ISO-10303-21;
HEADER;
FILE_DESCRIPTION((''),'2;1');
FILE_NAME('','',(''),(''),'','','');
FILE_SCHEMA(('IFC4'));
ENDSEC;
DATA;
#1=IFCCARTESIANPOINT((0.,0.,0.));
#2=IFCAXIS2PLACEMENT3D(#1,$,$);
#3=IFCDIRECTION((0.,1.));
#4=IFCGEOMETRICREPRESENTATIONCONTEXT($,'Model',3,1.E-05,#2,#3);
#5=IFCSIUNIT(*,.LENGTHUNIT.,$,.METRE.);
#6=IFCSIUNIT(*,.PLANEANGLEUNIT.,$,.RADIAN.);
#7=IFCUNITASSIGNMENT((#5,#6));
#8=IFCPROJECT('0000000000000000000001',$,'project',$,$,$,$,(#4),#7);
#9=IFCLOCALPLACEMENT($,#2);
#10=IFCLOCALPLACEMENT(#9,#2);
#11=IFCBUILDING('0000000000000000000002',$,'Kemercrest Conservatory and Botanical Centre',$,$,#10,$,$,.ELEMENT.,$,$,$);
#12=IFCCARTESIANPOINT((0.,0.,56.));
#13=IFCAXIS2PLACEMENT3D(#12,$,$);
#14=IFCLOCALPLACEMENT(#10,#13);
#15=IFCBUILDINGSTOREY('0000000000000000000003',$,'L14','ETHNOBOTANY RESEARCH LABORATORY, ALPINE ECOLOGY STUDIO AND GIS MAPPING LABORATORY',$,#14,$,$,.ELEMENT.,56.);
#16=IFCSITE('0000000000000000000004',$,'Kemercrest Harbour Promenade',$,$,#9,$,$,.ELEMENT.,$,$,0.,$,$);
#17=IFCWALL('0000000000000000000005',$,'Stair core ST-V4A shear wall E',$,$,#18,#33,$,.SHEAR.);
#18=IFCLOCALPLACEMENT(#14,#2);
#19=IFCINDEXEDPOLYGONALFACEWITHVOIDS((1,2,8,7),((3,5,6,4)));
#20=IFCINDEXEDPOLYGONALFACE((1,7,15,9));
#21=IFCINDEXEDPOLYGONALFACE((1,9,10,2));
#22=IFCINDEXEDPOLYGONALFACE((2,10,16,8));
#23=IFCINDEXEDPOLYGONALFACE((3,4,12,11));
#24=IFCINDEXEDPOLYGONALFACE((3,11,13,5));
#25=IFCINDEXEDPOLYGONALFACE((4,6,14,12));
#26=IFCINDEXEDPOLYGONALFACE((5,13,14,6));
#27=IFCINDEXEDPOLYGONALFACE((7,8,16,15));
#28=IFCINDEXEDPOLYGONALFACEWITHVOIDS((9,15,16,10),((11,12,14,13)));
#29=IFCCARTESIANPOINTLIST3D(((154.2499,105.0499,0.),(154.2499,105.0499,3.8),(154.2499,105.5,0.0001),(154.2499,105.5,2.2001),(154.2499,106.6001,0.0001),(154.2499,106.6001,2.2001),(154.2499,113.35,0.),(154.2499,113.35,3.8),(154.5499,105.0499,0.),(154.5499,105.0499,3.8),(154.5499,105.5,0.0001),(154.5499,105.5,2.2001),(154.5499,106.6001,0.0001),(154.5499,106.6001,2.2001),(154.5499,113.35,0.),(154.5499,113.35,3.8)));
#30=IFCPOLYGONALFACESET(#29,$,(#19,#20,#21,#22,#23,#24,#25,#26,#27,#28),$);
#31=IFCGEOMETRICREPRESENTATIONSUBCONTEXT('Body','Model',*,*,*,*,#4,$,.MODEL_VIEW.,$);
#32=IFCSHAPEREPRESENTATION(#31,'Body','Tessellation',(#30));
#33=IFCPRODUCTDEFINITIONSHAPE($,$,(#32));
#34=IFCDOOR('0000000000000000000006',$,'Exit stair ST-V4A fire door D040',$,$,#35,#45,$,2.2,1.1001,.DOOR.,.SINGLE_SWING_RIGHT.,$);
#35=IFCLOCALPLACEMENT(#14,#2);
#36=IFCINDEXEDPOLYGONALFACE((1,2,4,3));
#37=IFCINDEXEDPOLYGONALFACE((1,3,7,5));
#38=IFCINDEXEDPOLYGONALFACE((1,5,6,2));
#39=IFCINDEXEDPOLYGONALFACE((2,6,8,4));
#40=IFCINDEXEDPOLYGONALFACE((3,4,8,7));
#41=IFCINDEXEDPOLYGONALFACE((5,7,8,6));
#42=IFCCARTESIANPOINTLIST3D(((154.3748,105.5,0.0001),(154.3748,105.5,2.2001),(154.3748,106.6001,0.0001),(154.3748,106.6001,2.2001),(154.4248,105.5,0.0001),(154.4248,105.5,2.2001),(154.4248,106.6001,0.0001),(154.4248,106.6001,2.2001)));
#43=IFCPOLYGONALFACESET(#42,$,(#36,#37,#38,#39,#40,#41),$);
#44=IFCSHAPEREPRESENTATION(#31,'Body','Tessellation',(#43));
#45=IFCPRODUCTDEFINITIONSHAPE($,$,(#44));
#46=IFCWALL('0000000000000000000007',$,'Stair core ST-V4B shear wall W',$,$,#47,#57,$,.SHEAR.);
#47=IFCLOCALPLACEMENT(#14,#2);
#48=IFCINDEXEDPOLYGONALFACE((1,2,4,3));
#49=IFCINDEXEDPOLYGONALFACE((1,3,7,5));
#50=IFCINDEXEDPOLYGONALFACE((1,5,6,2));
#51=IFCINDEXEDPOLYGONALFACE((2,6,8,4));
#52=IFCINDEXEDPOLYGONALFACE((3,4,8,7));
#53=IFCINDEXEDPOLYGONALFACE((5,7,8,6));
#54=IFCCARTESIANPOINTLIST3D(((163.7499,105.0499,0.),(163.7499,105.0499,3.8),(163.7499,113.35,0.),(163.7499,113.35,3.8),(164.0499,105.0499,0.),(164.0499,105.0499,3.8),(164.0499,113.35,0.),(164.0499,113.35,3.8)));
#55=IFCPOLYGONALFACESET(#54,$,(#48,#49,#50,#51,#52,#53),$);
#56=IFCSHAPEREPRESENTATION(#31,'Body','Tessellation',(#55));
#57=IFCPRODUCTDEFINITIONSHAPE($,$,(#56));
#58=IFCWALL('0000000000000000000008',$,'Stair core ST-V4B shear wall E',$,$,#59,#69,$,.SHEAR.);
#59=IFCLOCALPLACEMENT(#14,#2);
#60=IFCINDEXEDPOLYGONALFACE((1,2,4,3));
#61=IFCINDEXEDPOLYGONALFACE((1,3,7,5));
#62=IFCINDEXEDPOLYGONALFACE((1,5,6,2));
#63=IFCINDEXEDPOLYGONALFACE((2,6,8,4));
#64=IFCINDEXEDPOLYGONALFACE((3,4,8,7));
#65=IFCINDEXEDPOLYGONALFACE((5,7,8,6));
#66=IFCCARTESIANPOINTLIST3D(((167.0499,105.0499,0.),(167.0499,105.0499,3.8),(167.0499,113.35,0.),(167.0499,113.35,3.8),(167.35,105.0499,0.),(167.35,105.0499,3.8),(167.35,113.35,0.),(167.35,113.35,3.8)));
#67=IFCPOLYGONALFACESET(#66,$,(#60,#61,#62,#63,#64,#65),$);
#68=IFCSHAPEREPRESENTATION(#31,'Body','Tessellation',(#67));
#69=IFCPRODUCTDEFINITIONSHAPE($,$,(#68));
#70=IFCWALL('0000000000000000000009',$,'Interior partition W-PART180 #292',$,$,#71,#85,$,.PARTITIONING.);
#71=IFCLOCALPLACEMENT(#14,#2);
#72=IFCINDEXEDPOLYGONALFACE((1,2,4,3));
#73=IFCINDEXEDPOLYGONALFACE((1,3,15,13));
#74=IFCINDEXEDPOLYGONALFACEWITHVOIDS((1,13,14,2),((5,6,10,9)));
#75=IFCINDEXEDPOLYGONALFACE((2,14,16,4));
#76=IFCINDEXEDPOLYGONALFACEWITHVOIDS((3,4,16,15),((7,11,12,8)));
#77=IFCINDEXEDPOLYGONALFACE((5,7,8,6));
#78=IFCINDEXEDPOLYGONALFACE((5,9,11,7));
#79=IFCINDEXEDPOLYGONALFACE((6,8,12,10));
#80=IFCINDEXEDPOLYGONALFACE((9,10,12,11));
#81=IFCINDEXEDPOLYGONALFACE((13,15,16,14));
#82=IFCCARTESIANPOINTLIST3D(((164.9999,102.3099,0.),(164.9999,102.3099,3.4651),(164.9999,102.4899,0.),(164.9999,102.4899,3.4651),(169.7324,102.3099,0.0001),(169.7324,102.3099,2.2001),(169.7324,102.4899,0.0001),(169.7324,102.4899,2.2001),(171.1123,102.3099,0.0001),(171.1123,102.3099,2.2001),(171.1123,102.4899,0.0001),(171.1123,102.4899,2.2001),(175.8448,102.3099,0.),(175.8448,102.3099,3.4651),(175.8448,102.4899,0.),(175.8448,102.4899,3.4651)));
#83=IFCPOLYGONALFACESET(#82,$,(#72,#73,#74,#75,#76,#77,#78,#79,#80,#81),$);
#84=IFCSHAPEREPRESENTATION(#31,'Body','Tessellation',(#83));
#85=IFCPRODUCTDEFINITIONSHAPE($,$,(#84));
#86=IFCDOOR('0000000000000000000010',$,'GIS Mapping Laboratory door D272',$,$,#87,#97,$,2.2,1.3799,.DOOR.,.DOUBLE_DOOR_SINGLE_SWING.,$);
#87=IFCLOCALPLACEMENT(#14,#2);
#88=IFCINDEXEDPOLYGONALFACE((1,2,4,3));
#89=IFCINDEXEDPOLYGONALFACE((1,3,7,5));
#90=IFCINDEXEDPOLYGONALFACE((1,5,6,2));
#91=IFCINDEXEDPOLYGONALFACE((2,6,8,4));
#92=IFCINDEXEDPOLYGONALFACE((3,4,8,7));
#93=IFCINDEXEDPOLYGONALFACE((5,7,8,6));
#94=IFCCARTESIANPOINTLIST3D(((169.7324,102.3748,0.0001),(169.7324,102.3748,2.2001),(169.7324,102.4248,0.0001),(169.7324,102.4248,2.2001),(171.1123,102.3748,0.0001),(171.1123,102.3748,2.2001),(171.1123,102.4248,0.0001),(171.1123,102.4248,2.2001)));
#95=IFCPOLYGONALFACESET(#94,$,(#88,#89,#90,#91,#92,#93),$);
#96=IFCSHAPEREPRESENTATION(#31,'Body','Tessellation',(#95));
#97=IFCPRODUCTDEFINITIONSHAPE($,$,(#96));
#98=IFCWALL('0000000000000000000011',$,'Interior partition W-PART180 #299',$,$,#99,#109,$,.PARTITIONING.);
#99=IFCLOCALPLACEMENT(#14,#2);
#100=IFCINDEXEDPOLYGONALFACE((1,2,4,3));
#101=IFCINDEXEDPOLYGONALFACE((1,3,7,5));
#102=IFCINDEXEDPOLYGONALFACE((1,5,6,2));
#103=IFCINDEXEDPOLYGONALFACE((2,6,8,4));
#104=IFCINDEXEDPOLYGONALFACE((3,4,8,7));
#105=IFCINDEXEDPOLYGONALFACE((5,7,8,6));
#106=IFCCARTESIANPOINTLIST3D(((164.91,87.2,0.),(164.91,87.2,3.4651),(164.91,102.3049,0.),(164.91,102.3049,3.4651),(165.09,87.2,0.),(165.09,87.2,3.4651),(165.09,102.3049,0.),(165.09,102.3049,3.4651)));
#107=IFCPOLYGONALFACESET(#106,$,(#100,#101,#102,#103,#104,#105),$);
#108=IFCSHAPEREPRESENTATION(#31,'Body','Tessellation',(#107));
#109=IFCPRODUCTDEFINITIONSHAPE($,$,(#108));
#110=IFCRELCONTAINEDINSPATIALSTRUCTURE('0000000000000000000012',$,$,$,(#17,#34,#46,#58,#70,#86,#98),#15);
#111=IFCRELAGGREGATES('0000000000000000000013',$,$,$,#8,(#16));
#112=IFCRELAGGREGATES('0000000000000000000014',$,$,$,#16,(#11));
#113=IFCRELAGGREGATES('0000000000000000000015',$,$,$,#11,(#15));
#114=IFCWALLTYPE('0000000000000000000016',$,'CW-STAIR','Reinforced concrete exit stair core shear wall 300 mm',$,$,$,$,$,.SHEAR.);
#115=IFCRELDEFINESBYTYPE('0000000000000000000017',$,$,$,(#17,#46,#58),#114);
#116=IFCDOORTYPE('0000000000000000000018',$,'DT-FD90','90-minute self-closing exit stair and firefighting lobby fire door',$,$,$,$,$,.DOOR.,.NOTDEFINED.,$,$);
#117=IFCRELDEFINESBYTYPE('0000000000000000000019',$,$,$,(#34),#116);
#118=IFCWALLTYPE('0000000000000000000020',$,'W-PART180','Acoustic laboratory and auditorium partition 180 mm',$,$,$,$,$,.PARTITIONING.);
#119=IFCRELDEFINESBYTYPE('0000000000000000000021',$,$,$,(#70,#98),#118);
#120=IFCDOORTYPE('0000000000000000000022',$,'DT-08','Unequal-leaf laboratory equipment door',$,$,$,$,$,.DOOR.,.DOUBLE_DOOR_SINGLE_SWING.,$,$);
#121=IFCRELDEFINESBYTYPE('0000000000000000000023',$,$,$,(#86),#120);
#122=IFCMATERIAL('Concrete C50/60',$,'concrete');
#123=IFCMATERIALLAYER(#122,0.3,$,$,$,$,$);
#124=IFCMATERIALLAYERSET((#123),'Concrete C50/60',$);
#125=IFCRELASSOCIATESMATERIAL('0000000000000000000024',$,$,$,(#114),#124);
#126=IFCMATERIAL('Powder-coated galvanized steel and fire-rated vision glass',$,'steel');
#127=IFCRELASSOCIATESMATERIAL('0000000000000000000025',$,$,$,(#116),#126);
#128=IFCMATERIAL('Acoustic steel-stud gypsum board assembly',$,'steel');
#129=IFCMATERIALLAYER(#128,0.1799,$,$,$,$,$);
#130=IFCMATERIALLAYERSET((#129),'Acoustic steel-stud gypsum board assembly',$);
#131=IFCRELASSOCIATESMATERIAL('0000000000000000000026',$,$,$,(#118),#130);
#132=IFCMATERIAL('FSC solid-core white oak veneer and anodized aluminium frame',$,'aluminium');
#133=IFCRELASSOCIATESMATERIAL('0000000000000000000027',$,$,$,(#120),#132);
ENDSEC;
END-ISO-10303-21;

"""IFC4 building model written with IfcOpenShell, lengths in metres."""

from ifc_helpers import new_model, si_unit, direction, frame, frame_2d, origin, place, context, subcontext, project, spatial, rectangle, extrude, material, layer, layer_set, type_object, element, fill, save


model = new_model("IFC4")

# Units and contexts
model_context = context("Model", 3, precision=1e-05, world=origin(), true_north=direction((0.0, 1.0)))
body_context = subcontext(model_context, "Body", "Model", "MODEL_VIEW")
ifc_project = project(units=[si_unit("LENGTHUNIT", "METRE"), si_unit("PLANEANGLEUNIT", "RADIAN")], contexts=[model_context])

# Site, building, storey
site_placement = place(None, origin())
site = spatial("IfcSite", under=ifc_project, at=site_placement, Name="Kemercrest Harbour Promenade", CompositionType="ELEMENT", RefElevation=0.0)
building_placement = place(site_placement, origin())
building = spatial("IfcBuilding", under=site, at=building_placement, Name="Kemercrest Conservatory and Botanical Centre", CompositionType="ELEMENT")
storey_placement = place(building_placement, frame((0.0, 0.0, 56.0)))
storey = spatial("IfcBuildingStorey", under=building, at=storey_placement, Name="L14", Description="ETHNOBOTANY RESEARCH LABORATORY, ALPINE ECOLOGY STUDIO AND GIS MAPPING LABORATORY", CompositionType="ELEMENT", Elevation=56.0)

# Wall, opening, door
ifc_material_1 = material(Name="Concrete C50/60", Category="concrete")
ifc_layer_1 = layer(ifc_material_1, 0.3)
ifc_layer_set_1 = layer_set([ifc_layer_1], Name="Concrete C50/60")
wall_type_1 = type_object("IfcWallType", Name="CW-STAIR", Description="Reinforced concrete exit stair core shear wall 300 mm", PredefinedType="SHEAR", material=ifc_layer_set_1)
wall_1_placement = place(storey_placement, frame((154.3999, 105.05, 0.0), z_axis=(0.0, 0.0, 1.0), x_axis=(0.0, 1.0, 0.0)))
wall_1 = element("IfcWall", 1, at=wall_1_placement, inside=storey, type_object=wall_type_1, Name="Stair core ST-V4A shear wall E", PredefinedType="SHEAR", context=body_context, shape_type="SweptSolid", body=[
    extrude(rectangle(XDim=8.3, YDim=0.3, at=frame_2d((4.1499, 0.0))), origin(), (0.0, 0.0, 1.0), 3.8),
])
opening_1_placement = place(wall_1_placement, frame((0.45, 0.0, 0.0)))
opening_1 = element("IfcOpeningElement", 2, at=opening_1_placement, cuts=wall_1, PredefinedType="OPENING", context=body_context, shape_type="SweptSolid", body=[
    extrude(rectangle(XDim=1.1001, YDim=2.2, at=frame_2d((0.55, 1.1001))), frame((0.0, 0.1602, 0.0), z_axis=(0.0, -1.0, 0.0), x_axis=(1.0, 0.0, 0.0)), (0.0, 0.0, 1.0), 0.3201),
])
ifc_material_2 = material(Name="Powder-coated galvanized steel and fire-rated vision glass", Category="steel")
door_type_1 = type_object("IfcDoorType", Name="DT-FD90", Description="90-minute self-closing exit stair and firefighting lobby fire door", OperationType="NOTDEFINED", PredefinedType="DOOR", material=ifc_material_2)
door_1_placement = place(opening_1_placement, frame((1.1001, 0.0, 0.0), z_axis=(0.0, 0.0, 1.0), x_axis=(-1.0, 0.0, 0.0)))
door_1 = element("IfcDoor", 3, at=door_1_placement, inside=storey, type_object=door_type_1, Name="Exit stair ST-V4A fire door D040", OperationType="SINGLE_SWING_RIGHT", OverallHeight=2.2, OverallWidth=1.1001, PredefinedType="DOOR", context=body_context, shape_type="SweptSolid", body=[
    extrude(rectangle(XDim=1.1001, YDim=2.2, at=frame_2d((0.55, 1.1001))), frame((0.0, 0.0249, 0.0), z_axis=(0.0, -1.0, 0.0), x_axis=(1.0, 0.0, 0.0)), (0.0, 0.0, 1.0), 0.05),
])
fill(opening_1, door_1)

# Walls
for number, where, z_axis, x_axis, name in (
    (4, (163.8999, 105.05, 0.0), (0.0, 0.0, 1.0), (0.0, 1.0, 0.0), "Stair core ST-V4B shear wall W"),
    (5, (167.2, 105.05, 0.0), (0.0, 0.0, 1.0), (0.0, 1.0, 0.0), "Stair core ST-V4B shear wall E"),
):
    element("IfcWall", number, at=place(storey_placement, frame(where, z_axis=z_axis, x_axis=x_axis)), inside=storey, type_object=wall_type_1, Name=name, PredefinedType="SHEAR", context=body_context, shape_type="SweptSolid", body=[
        extrude(rectangle(XDim=8.3, YDim=0.3, at=frame_2d((4.1499, 0.0))), origin(), (0.0, 0.0, 1.0), 3.8),
    ])

# Wall, opening, door
ifc_material_3 = material(Name="Acoustic steel-stud gypsum board assembly", Category="steel")
ifc_layer_2 = layer(ifc_material_3, 0.1799)
ifc_layer_set_2 = layer_set([ifc_layer_2], Name="Acoustic steel-stud gypsum board assembly")
wall_type_2 = type_object("IfcWallType", Name="W-PART180", Description="Acoustic laboratory and auditorium partition 180 mm", PredefinedType="PARTITIONING", material=ifc_layer_set_2)
wall_2_placement = place(storey_placement, frame((165.0, 102.3999, 0.0), z_axis=(0.0, 0.0, 1.0), x_axis=(1.0, 0.0, 0.0)))
wall_2 = element("IfcWall", 6, at=wall_2_placement, inside=storey, type_object=wall_type_2, Name="Interior partition W-PART180 #292", PredefinedType="PARTITIONING", context=body_context, shape_type="SweptSolid", body=[
    extrude(rectangle(XDim=10.845, YDim=0.1799, at=frame_2d((5.4224, 0.0))), origin(), (0.0, 0.0, 1.0), 3.4651),
])
opening_2_placement = place(wall_2_placement, frame((4.7324, 0.0, 0.0)))
opening_2 = element("IfcOpeningElement", 7, at=opening_2_placement, cuts=wall_2, PredefinedType="OPENING", context=body_context, shape_type="SweptSolid", body=[
    extrude(rectangle(XDim=1.3799, YDim=2.2, at=frame_2d((0.6899, 1.1001))), frame((0.0, 0.1001, 0.0), z_axis=(0.0, -1.0, 0.0), x_axis=(1.0, 0.0, 0.0)), (0.0, 0.0, 1.0), 0.2),
])
ifc_material_4 = material(Name="FSC solid-core white oak veneer and anodized aluminium frame", Category="aluminium")
door_type_2 = type_object("IfcDoorType", Name="DT-08", Description="Unequal-leaf laboratory equipment door", OperationType="DOUBLE_DOOR_SINGLE_SWING", PredefinedType="DOOR", material=ifc_material_4)
door_2_placement = place(opening_2_placement, origin())
door_2 = element("IfcDoor", 8, at=door_2_placement, inside=storey, type_object=door_type_2, Name="GIS Mapping Laboratory door D272", OperationType="DOUBLE_DOOR_SINGLE_SWING", OverallHeight=2.2, OverallWidth=1.3799, PredefinedType="DOOR", context=body_context, shape_type="SweptSolid", body=[
    extrude(rectangle(XDim=1.3799, YDim=2.2, at=frame_2d((0.6899, 1.1001))), frame((0.0, 0.0249, 0.0), z_axis=(0.0, -1.0, 0.0), x_axis=(1.0, 0.0, 0.0)), (0.0, 0.0, 1.0), 0.05),
])
fill(opening_2, door_2)

# Wall
wall_3_placement = place(storey_placement, frame((165.0, 87.2, 0.0), z_axis=(0.0, 0.0, 1.0), x_axis=(0.0, 1.0, 0.0)))
element("IfcWall", 9, at=wall_3_placement, inside=storey, type_object=wall_type_2, Name="Interior partition W-PART180 #299", PredefinedType="PARTITIONING", context=body_context, shape_type="SweptSolid", body=[
    extrude(rectangle(XDim=15.105, YDim=0.1799, at=frame_2d((7.5525, 0.0))), origin(), (0.0, 0.0, 1.0), 3.4651),
])

save(model, "model.ifc")
